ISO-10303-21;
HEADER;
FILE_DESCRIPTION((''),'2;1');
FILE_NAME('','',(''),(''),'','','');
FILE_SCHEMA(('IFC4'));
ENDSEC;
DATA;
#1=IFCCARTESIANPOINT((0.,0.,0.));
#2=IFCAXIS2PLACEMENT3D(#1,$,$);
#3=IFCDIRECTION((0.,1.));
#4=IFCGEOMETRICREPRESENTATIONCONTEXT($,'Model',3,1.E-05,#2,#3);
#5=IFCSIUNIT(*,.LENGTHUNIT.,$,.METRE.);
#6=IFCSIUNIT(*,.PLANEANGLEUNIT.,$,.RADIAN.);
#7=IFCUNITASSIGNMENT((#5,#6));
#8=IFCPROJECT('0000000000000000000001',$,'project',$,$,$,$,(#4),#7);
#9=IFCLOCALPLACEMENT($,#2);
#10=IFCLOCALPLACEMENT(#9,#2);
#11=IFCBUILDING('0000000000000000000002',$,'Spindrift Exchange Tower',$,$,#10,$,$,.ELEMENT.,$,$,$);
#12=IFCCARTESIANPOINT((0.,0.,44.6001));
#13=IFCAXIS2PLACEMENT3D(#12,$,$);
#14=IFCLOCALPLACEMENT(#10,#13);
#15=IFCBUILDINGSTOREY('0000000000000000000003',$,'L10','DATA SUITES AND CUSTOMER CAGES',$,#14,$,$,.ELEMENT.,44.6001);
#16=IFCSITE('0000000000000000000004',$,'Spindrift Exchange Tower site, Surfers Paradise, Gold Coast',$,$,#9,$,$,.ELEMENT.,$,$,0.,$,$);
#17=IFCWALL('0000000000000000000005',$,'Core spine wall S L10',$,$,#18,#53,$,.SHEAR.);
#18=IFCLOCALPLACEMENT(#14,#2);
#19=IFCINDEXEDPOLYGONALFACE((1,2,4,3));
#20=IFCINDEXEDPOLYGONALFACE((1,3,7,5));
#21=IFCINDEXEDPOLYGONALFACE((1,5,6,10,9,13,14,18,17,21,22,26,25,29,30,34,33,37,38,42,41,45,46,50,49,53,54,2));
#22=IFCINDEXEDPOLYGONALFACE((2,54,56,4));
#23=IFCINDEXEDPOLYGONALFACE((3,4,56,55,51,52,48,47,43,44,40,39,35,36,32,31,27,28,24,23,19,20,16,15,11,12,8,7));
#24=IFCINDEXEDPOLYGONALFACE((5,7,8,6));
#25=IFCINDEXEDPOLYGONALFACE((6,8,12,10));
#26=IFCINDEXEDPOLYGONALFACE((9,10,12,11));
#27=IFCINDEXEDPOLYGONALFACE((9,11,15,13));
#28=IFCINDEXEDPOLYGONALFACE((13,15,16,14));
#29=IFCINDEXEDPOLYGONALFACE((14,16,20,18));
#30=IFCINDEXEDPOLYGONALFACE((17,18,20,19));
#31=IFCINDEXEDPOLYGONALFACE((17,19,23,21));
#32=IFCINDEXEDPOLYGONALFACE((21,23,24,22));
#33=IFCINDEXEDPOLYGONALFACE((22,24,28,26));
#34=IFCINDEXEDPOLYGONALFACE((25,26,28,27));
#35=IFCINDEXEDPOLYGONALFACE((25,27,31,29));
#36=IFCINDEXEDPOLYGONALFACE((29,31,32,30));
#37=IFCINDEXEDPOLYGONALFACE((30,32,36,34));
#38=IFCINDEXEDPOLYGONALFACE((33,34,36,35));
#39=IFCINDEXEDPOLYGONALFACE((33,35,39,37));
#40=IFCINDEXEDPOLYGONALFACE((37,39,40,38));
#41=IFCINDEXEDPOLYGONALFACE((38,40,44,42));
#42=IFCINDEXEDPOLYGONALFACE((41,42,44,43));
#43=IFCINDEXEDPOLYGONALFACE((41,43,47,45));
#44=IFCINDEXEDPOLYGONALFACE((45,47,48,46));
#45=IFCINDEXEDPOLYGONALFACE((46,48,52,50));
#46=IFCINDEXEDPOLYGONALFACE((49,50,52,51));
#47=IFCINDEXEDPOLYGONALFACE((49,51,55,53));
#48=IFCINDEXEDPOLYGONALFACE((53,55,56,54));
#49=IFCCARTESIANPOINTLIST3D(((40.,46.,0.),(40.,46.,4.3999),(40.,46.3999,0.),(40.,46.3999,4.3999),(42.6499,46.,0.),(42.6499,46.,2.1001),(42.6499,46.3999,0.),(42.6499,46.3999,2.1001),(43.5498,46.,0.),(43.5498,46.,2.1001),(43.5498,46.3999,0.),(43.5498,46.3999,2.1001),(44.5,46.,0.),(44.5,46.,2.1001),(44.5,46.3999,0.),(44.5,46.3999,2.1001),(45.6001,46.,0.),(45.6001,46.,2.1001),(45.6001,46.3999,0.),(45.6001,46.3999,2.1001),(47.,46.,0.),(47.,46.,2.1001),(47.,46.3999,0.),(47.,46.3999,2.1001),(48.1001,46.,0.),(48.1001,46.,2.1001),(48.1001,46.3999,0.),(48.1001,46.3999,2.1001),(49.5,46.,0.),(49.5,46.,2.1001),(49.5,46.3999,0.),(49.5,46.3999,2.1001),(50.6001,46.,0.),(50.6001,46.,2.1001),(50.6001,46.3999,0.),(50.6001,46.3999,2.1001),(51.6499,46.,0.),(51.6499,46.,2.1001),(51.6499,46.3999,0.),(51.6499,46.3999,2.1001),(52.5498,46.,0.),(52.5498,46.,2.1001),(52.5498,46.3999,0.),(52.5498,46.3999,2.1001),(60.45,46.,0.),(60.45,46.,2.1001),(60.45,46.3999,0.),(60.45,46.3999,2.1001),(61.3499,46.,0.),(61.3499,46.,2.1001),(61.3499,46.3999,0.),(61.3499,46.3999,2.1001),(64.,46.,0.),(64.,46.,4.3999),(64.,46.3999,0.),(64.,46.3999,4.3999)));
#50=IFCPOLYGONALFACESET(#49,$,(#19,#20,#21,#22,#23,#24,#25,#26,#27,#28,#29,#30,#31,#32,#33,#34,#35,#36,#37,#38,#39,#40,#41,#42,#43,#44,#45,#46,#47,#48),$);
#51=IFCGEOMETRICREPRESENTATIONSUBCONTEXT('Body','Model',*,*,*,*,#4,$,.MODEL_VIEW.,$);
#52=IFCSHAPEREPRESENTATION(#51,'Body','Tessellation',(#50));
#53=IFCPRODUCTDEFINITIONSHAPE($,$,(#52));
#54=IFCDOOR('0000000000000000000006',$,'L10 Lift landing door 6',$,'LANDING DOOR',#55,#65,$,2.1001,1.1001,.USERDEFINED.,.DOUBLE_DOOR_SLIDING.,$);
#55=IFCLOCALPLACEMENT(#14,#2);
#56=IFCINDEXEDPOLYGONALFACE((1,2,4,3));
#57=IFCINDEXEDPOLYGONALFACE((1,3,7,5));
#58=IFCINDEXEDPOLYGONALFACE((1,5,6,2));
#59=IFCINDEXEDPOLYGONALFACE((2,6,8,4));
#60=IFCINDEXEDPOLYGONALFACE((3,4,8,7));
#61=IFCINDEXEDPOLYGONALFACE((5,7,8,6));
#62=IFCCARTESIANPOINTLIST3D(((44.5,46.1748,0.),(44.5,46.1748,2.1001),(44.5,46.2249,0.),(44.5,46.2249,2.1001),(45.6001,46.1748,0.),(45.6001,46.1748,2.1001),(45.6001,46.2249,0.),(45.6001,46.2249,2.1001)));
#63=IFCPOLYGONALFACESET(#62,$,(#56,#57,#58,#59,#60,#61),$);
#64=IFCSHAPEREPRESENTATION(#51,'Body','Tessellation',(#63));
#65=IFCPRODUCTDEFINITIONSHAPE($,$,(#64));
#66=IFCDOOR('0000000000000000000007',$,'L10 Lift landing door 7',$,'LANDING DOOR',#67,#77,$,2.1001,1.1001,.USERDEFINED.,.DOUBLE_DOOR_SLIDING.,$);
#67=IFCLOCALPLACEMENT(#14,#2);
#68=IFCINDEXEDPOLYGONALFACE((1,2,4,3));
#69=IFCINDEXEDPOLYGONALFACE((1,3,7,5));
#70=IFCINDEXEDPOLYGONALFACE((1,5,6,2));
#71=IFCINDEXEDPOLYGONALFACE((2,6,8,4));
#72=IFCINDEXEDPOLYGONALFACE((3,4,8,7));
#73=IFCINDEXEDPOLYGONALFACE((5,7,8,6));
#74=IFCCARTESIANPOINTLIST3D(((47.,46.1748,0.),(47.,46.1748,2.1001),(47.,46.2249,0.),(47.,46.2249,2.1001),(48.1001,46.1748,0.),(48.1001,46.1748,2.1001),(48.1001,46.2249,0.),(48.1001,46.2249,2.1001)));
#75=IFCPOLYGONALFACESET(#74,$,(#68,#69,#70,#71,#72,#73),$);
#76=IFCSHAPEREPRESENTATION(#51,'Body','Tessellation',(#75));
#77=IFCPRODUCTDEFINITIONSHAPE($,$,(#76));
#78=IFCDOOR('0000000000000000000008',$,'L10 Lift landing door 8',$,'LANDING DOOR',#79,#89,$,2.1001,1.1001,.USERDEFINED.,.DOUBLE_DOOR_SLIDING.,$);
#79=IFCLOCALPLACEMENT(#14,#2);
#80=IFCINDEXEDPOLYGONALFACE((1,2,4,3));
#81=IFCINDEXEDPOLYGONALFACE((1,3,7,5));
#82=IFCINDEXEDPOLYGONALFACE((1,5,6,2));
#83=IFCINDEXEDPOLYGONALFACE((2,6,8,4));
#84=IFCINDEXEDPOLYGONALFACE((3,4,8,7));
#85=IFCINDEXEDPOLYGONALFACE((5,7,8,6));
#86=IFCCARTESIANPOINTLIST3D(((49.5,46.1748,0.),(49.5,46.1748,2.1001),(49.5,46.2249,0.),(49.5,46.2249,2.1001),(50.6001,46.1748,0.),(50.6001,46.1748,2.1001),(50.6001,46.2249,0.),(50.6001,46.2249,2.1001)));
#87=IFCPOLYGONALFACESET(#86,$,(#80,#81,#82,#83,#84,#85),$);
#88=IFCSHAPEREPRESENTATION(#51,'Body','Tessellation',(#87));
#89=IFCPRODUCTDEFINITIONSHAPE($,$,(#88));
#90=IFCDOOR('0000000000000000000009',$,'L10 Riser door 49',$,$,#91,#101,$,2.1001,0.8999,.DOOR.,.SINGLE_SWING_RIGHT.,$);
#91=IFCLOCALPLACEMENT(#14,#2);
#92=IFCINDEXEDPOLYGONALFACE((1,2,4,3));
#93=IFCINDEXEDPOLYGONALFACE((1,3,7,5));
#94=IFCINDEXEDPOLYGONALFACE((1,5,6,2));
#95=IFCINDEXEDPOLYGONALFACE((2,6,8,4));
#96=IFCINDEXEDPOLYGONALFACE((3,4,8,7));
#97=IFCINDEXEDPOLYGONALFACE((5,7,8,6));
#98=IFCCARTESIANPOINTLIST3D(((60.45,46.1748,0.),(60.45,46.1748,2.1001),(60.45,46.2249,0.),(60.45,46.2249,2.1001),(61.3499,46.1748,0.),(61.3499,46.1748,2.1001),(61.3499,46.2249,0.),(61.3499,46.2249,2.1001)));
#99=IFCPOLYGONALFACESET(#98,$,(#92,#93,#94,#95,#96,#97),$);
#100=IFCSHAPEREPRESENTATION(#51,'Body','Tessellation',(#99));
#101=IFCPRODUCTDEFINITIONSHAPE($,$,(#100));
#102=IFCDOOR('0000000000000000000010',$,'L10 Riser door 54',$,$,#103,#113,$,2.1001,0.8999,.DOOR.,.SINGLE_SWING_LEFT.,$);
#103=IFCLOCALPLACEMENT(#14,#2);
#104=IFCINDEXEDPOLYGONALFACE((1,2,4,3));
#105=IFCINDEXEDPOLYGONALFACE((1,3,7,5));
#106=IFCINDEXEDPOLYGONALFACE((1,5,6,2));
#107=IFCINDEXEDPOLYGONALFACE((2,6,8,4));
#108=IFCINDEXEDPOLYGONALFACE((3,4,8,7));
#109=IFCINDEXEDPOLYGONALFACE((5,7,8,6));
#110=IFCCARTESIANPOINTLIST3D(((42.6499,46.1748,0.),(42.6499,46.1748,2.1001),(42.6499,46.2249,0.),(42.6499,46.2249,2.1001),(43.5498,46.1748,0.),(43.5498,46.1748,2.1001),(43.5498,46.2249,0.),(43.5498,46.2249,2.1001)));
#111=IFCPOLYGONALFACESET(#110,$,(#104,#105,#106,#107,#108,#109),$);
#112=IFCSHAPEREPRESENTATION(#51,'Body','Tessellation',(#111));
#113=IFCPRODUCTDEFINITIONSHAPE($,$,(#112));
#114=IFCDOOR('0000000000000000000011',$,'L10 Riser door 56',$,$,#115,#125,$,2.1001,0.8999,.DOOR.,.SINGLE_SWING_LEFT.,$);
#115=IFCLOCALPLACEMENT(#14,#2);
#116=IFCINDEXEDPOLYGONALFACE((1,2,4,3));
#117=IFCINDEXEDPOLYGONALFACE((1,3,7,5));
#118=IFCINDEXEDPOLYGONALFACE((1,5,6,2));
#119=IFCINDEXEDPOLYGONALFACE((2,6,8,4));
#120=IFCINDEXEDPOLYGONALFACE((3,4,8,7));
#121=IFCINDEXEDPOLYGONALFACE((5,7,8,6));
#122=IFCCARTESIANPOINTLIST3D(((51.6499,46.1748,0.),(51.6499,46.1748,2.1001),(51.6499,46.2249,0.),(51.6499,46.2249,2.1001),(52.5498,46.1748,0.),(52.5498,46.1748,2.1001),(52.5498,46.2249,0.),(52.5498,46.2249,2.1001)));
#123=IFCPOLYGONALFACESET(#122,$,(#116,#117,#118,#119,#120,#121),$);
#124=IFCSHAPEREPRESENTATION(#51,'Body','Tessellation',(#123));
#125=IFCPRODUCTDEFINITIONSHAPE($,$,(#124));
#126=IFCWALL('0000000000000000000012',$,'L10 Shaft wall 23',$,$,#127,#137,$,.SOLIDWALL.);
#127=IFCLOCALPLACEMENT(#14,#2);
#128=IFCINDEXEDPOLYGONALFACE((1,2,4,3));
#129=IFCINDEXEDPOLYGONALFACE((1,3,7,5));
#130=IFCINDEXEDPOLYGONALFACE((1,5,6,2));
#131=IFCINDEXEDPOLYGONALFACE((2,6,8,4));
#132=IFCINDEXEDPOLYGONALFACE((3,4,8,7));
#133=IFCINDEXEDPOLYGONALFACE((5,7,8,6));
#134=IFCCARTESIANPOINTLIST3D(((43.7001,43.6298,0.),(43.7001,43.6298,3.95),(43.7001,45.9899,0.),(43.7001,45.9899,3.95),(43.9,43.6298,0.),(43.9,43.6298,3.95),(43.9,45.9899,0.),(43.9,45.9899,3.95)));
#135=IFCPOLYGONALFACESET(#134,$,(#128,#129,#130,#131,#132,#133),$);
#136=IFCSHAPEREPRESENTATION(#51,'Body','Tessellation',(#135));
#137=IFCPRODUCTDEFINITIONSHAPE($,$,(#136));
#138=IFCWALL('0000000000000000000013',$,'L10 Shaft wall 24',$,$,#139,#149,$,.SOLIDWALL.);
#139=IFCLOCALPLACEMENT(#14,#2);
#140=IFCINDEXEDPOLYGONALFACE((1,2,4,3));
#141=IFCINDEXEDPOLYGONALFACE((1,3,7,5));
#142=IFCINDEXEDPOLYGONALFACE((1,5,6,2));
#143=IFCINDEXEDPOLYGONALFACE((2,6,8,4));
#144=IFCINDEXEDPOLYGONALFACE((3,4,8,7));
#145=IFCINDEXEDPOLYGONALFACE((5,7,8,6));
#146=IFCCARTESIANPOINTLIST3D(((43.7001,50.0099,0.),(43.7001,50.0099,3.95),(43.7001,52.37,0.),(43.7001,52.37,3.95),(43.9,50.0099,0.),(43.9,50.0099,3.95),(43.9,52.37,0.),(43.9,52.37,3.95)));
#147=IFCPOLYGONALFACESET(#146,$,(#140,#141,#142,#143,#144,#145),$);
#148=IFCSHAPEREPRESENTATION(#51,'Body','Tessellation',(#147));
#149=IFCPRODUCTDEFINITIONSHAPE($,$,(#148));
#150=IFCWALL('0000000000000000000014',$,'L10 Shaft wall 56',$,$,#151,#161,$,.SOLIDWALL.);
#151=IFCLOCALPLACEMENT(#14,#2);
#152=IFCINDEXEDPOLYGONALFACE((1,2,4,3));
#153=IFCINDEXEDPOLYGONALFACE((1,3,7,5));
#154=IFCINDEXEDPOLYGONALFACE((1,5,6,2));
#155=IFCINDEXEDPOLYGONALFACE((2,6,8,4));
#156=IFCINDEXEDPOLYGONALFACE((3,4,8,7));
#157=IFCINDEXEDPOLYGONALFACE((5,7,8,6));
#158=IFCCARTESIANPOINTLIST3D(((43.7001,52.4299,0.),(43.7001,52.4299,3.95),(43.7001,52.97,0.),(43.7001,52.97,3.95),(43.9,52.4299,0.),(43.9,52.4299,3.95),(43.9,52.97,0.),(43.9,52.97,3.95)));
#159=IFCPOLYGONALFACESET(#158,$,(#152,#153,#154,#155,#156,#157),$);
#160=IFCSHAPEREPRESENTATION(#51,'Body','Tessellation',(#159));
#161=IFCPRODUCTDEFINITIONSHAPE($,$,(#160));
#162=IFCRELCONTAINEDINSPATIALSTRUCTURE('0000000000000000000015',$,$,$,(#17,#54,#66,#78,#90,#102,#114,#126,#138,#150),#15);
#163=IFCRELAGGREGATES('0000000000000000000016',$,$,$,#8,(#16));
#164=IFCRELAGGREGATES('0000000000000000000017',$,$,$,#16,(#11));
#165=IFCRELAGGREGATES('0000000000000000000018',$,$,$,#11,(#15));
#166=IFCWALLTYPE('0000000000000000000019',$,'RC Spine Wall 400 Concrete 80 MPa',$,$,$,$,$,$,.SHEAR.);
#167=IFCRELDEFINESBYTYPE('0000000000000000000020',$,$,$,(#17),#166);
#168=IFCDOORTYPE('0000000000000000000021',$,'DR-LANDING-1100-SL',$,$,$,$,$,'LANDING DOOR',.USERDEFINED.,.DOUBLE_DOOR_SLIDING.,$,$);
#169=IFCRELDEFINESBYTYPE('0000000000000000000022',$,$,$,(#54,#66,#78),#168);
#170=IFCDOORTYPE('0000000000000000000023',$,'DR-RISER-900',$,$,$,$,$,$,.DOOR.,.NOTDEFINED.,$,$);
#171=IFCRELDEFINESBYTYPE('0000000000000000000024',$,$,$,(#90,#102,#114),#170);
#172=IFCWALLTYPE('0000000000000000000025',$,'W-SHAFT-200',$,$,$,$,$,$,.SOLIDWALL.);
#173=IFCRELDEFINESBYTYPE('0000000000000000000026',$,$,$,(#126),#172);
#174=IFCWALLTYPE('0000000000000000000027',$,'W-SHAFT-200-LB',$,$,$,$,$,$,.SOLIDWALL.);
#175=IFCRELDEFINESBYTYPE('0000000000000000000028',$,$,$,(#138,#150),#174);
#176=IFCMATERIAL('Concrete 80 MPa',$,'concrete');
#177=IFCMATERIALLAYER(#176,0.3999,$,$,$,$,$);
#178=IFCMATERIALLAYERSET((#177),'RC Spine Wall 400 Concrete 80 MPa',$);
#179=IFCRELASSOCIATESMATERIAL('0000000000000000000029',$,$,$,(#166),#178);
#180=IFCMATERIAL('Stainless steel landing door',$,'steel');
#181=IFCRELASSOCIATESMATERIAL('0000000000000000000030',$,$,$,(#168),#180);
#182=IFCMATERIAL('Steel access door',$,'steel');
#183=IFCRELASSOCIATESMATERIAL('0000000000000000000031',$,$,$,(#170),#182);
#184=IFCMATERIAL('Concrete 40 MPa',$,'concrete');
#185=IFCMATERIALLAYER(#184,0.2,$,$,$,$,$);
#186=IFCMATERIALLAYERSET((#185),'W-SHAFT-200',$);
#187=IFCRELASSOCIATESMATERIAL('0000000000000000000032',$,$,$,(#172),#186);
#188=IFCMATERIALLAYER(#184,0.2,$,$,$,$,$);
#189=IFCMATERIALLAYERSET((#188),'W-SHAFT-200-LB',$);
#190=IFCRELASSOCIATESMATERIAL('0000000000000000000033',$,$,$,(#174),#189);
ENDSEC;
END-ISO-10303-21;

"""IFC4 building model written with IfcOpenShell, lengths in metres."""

from ifc_helpers import new_model, si_unit, direction, frame, frame_2d, origin, place, context, subcontext, project, spatial, rectangle, extrude, source, transform, mapped, material, layer, layer_set, type_object, element, fill, save


model = new_model("IFC4")

# Units and contexts
model_context = context("Model", 3, precision=1e-05, world=origin(), true_north=direction((0.0, 1.0)))
body_context = subcontext(model_context, "Body", "Model", "MODEL_VIEW")
ifc_project = project(units=[si_unit("LENGTHUNIT", "METRE"), si_unit("PLANEANGLEUNIT", "RADIAN")], contexts=[model_context])

# Site, building, storey
site_placement = place(None, origin())
site = spatial("IfcSite", under=ifc_project, at=site_placement, Name="Spindrift Exchange Tower site, Surfers Paradise, Gold Coast", CompositionType="ELEMENT", RefElevation=0.0)
building_placement = place(site_placement, origin())
building = spatial("IfcBuilding", under=site, at=building_placement, Name="Spindrift Exchange Tower", CompositionType="ELEMENT")
storey_placement = place(building_placement, frame((0.0, 0.0, 44.6001)))
storey = spatial("IfcBuildingStorey", under=building, at=storey_placement, Name="L10", Description="DATA SUITES AND CUSTOMER CAGES", CompositionType="ELEMENT", Elevation=44.6001)

# Wall, openings, doors
ifc_material_1 = material(Name="Concrete 80 MPa", Category="concrete")
ifc_layer_1 = layer(ifc_material_1, 0.3999)
ifc_layer_set_1 = layer_set([ifc_layer_1], Name="RC Spine Wall 400 Concrete 80 MPa")
wall_type_1 = type_object("IfcWallType", Name="RC Spine Wall 400 Concrete 80 MPa", PredefinedType="SHEAR", material=ifc_layer_set_1)
ifc_material_2 = material(Name="Stainless steel landing door", Category="steel")
door_type_1 = type_object("IfcDoorType", Name="DR-LANDING-1100-SL", ElementType="LANDING DOOR", OperationType="DOUBLE_DOOR_SLIDING", PredefinedType="USERDEFINED", material=ifc_material_2)
shared_shape_1 = source(origin(), body_context, "Body", "SweptSolid", [
    extrude(rectangle(XDim=1.1001, YDim=2.1001, at=frame_2d((0.55, 1.05))), frame((0.0, 0.0249, 0.0), z_axis=(0.0, -1.0, 0.0), x_axis=(1.0, 0.0, 0.0)), (0.0, 0.0, 1.0), 0.05),
])
ifc_material_3 = material(Name="Steel access door", Category="steel")
door_type_2 = type_object("IfcDoorType", Name="DR-RISER-900", OperationType="NOTDEFINED", PredefinedType="DOOR", material=ifc_material_3)
shared_shape_2 = source(origin(), body_context, "Body", "SweptSolid", [
    extrude(rectangle(XDim=0.8999, YDim=2.1001, at=frame_2d((0.45, 1.05))), frame((0.0, 0.0249, 0.0), z_axis=(0.0, -1.0, 0.0), x_axis=(1.0, 0.0, 0.0)), (0.0, 0.0, 1.0), 0.05),
])
wall_1_placement = place(storey_placement, frame((40.0, 46.2, 0.0), z_axis=(0.0, 0.0, 1.0), x_axis=(1.0, 0.0, 0.0)))
wall_1 = element("IfcWall", 1, at=wall_1_placement, inside=storey, type_object=wall_type_1, Name="Core spine wall S L10", PredefinedType="SHEAR", context=body_context, shape_type="SweptSolid", body=[
    extrude(rectangle(XDim=24.0, YDim=0.3999, at=frame_2d((12.0, 0.0))), origin(), (0.0, 0.0, 1.0), 4.3999),
])
opening_1_placement = place(wall_1_placement, frame((4.5, 0.0, 0.0)))
opening_1 = element("IfcOpeningElement", 2, at=opening_1_placement, cuts=wall_1, PredefinedType="OPENING", context=body_context, shape_type="SweptSolid", body=[
    extrude(rectangle(XDim=1.1001, YDim=2.1001, at=frame_2d((0.55, 1.05))), frame((0.0, 0.21, 0.0), z_axis=(0.0, -1.0, 0.0), x_axis=(1.0, 0.0, 0.0)), (0.0, 0.0, 1.0), 0.4199),
])
opening_2_placement = place(wall_1_placement, frame((7.0, 0.0, 0.0)))
opening_2 = element("IfcOpeningElement", 3, at=opening_2_placement, cuts=wall_1, PredefinedType="OPENING", context=body_context, shape_type="SweptSolid", body=[
    extrude(rectangle(XDim=1.1001, YDim=2.1001, at=frame_2d((0.55, 1.05))), frame((0.0, 0.21, 0.0), z_axis=(0.0, -1.0, 0.0), x_axis=(1.0, 0.0, 0.0)), (0.0, 0.0, 1.0), 0.4199),
])
opening_3_placement = place(wall_1_placement, frame((9.5, 0.0, 0.0)))
opening_3 = element("IfcOpeningElement", 4, at=opening_3_placement, cuts=wall_1, PredefinedType="OPENING", context=body_context, shape_type="SweptSolid", body=[
    extrude(rectangle(XDim=1.1001, YDim=2.1001, at=frame_2d((0.55, 1.05))), frame((0.0, 0.21, 0.0), z_axis=(0.0, -1.0, 0.0), x_axis=(1.0, 0.0, 0.0)), (0.0, 0.0, 1.0), 0.4199),
])
opening_4_placement = place(wall_1_placement, frame((20.45, 0.0, 0.0)))
opening_4 = element("IfcOpeningElement", 5, at=opening_4_placement, cuts=wall_1, PredefinedType="OPENING", context=body_context, shape_type="SweptSolid", body=[
    extrude(rectangle(XDim=0.8999, YDim=2.1001, at=frame_2d((0.45, 1.05))), frame((0.0, 0.21, 0.0), z_axis=(0.0, -1.0, 0.0), x_axis=(1.0, 0.0, 0.0)), (0.0, 0.0, 1.0), 0.4199),
])
opening_5_placement = place(wall_1_placement, frame((2.6499, 0.0, 0.0)))
opening_5 = element("IfcOpeningElement", 6, at=opening_5_placement, cuts=wall_1, PredefinedType="OPENING", context=body_context, shape_type="SweptSolid", body=[
    extrude(rectangle(XDim=0.8999, YDim=2.1001, at=frame_2d((0.45, 1.05))), frame((0.0, 0.21, 0.0), z_axis=(0.0, -1.0, 0.0), x_axis=(1.0, 0.0, 0.0)), (0.0, 0.0, 1.0), 0.4199),
])
opening_6_placement = place(wall_1_placement, frame((11.6499, 0.0, 0.0)))
opening_6 = element("IfcOpeningElement", 7, at=opening_6_placement, cuts=wall_1, PredefinedType="OPENING", context=body_context, shape_type="SweptSolid", body=[
    extrude(rectangle(XDim=0.8999, YDim=2.1001, at=frame_2d((0.45, 1.05))), frame((0.0, 0.21, 0.0), z_axis=(0.0, -1.0, 0.0), x_axis=(1.0, 0.0, 0.0)), (0.0, 0.0, 1.0), 0.4199),
])
door_1_placement = place(opening_1_placement, origin())
door_1 = element("IfcDoor", 8, at=door_1_placement, inside=storey, type_object=door_type_1, Name="L10 Lift landing door 6", ObjectType="LANDING DOOR", OperationType="DOUBLE_DOOR_SLIDING", OverallHeight=2.1001, OverallWidth=1.1001, PredefinedType="USERDEFINED", context=body_context, shape_type="MappedRepresentation", body=[
    mapped(shared_shape_1, transform((0.0, 0.0, 0.0), scale=1.0)),
])
fill(opening_1, door_1)
door_2_placement = place(opening_2_placement, origin())
door_2 = element("IfcDoor", 9, at=door_2_placement, inside=storey, type_object=door_type_1, Name="L10 Lift landing door 7", ObjectType="LANDING DOOR", OperationType="DOUBLE_DOOR_SLIDING", OverallHeight=2.1001, OverallWidth=1.1001, PredefinedType="USERDEFINED", context=body_context, shape_type="MappedRepresentation", body=[
    mapped(shared_shape_1, transform((0.0, 0.0, 0.0), scale=1.0)),
])
fill(opening_2, door_2)
door_3_placement = place(opening_3_placement, origin())
door_3 = element("IfcDoor", 10, at=door_3_placement, inside=storey, type_object=door_type_1, Name="L10 Lift landing door 8", ObjectType="LANDING DOOR", OperationType="DOUBLE_DOOR_SLIDING", OverallHeight=2.1001, OverallWidth=1.1001, PredefinedType="USERDEFINED", context=body_context, shape_type="MappedRepresentation", body=[
    mapped(shared_shape_1, transform((0.0, 0.0, 0.0), scale=1.0)),
])
fill(opening_3, door_3)
door_4_placement = place(opening_4_placement, origin())
door_4 = element("IfcDoor", 11, at=door_4_placement, inside=storey, type_object=door_type_2, Name="L10 Riser door 49", OperationType="SINGLE_SWING_RIGHT", OverallHeight=2.1001, OverallWidth=0.8999, PredefinedType="DOOR", context=body_context, shape_type="MappedRepresentation", body=[
    mapped(shared_shape_2, transform((0.0, 0.0, 0.0), scale=1.0)),
])
fill(opening_4, door_4)
door_5_placement = place(opening_5_placement, origin())
door_5 = element("IfcDoor", 12, at=door_5_placement, inside=storey, type_object=door_type_2, Name="L10 Riser door 54", OperationType="SINGLE_SWING_LEFT", OverallHeight=2.1001, OverallWidth=0.8999, PredefinedType="DOOR", context=body_context, shape_type="MappedRepresentation", body=[
    mapped(shared_shape_2, transform((0.0, 0.0, 0.0), scale=1.0)),
])
fill(opening_5, door_5)
door_6_placement = place(opening_6_placement, origin())
door_6 = element("IfcDoor", 13, at=door_6_placement, inside=storey, type_object=door_type_2, Name="L10 Riser door 56", OperationType="SINGLE_SWING_LEFT", OverallHeight=2.1001, OverallWidth=0.8999, PredefinedType="DOOR", context=body_context, shape_type="MappedRepresentation", body=[
    mapped(shared_shape_2, transform((0.0, 0.0, 0.0), scale=1.0)),
])
fill(opening_6, door_6)

# Walls
ifc_material_4 = material(Name="Concrete 40 MPa", Category="concrete")
ifc_layer_2 = layer(ifc_material_4, 0.2)
ifc_layer_set_2 = layer_set([ifc_layer_2], Name="W-SHAFT-200")
wall_type_2 = type_object("IfcWallType", Name="W-SHAFT-200", PredefinedType="SOLIDWALL", material=ifc_layer_set_2)
wall_2_placement = place(storey_placement, frame((43.8, 45.99, 0.0), z_axis=(0.0, 0.0, 1.0), x_axis=(0.0, -1.0, 0.0)))
element("IfcWall", 14, at=wall_2_placement, inside=storey, type_object=wall_type_2, Name="L10 Shaft wall 23", PredefinedType="SOLIDWALL", context=body_context, shape_type="SweptSolid", body=[
    extrude(rectangle(XDim=2.3601, YDim=0.2, at=frame_2d((1.1802, 0.0))), origin(), (0.0, 0.0, 1.0), 3.95),
])
ifc_layer_3 = layer(ifc_material_4, 0.2)
ifc_layer_set_3 = layer_set([ifc_layer_3], Name="W-SHAFT-200-LB")
wall_type_3 = type_object("IfcWallType", Name="W-SHAFT-200-LB", PredefinedType="SOLIDWALL", material=ifc_layer_set_3)
wall_3_placement = place(storey_placement, frame((43.8, 52.3701, 0.0), z_axis=(0.0, 0.0, 1.0), x_axis=(0.0, -1.0, 0.0)))
element("IfcWall", 15, at=wall_3_placement, inside=storey, type_object=wall_type_3, Name="L10 Shaft wall 24", PredefinedType="SOLIDWALL", context=body_context, shape_type="SweptSolid", body=[
    extrude(rectangle(XDim=2.3601, YDim=0.2, at=frame_2d((1.1802, 0.0))), origin(), (0.0, 0.0, 1.0), 3.95),
])
wall_4_placement = place(storey_placement, frame((43.8, 52.4299, 0.0), z_axis=(0.0, 0.0, 1.0), x_axis=(0.0, 1.0, 0.0)))
element("IfcWall", 16, at=wall_4_placement, inside=storey, type_object=wall_type_3, Name="L10 Shaft wall 56", PredefinedType="SOLIDWALL", context=body_context, shape_type="SweptSolid", body=[
    extrude(rectangle(XDim=0.54, YDim=0.2, at=frame_2d((0.27, 0.0))), origin(), (0.0, 0.0, 1.0), 3.95),
])

save(model, "model.ifc")
